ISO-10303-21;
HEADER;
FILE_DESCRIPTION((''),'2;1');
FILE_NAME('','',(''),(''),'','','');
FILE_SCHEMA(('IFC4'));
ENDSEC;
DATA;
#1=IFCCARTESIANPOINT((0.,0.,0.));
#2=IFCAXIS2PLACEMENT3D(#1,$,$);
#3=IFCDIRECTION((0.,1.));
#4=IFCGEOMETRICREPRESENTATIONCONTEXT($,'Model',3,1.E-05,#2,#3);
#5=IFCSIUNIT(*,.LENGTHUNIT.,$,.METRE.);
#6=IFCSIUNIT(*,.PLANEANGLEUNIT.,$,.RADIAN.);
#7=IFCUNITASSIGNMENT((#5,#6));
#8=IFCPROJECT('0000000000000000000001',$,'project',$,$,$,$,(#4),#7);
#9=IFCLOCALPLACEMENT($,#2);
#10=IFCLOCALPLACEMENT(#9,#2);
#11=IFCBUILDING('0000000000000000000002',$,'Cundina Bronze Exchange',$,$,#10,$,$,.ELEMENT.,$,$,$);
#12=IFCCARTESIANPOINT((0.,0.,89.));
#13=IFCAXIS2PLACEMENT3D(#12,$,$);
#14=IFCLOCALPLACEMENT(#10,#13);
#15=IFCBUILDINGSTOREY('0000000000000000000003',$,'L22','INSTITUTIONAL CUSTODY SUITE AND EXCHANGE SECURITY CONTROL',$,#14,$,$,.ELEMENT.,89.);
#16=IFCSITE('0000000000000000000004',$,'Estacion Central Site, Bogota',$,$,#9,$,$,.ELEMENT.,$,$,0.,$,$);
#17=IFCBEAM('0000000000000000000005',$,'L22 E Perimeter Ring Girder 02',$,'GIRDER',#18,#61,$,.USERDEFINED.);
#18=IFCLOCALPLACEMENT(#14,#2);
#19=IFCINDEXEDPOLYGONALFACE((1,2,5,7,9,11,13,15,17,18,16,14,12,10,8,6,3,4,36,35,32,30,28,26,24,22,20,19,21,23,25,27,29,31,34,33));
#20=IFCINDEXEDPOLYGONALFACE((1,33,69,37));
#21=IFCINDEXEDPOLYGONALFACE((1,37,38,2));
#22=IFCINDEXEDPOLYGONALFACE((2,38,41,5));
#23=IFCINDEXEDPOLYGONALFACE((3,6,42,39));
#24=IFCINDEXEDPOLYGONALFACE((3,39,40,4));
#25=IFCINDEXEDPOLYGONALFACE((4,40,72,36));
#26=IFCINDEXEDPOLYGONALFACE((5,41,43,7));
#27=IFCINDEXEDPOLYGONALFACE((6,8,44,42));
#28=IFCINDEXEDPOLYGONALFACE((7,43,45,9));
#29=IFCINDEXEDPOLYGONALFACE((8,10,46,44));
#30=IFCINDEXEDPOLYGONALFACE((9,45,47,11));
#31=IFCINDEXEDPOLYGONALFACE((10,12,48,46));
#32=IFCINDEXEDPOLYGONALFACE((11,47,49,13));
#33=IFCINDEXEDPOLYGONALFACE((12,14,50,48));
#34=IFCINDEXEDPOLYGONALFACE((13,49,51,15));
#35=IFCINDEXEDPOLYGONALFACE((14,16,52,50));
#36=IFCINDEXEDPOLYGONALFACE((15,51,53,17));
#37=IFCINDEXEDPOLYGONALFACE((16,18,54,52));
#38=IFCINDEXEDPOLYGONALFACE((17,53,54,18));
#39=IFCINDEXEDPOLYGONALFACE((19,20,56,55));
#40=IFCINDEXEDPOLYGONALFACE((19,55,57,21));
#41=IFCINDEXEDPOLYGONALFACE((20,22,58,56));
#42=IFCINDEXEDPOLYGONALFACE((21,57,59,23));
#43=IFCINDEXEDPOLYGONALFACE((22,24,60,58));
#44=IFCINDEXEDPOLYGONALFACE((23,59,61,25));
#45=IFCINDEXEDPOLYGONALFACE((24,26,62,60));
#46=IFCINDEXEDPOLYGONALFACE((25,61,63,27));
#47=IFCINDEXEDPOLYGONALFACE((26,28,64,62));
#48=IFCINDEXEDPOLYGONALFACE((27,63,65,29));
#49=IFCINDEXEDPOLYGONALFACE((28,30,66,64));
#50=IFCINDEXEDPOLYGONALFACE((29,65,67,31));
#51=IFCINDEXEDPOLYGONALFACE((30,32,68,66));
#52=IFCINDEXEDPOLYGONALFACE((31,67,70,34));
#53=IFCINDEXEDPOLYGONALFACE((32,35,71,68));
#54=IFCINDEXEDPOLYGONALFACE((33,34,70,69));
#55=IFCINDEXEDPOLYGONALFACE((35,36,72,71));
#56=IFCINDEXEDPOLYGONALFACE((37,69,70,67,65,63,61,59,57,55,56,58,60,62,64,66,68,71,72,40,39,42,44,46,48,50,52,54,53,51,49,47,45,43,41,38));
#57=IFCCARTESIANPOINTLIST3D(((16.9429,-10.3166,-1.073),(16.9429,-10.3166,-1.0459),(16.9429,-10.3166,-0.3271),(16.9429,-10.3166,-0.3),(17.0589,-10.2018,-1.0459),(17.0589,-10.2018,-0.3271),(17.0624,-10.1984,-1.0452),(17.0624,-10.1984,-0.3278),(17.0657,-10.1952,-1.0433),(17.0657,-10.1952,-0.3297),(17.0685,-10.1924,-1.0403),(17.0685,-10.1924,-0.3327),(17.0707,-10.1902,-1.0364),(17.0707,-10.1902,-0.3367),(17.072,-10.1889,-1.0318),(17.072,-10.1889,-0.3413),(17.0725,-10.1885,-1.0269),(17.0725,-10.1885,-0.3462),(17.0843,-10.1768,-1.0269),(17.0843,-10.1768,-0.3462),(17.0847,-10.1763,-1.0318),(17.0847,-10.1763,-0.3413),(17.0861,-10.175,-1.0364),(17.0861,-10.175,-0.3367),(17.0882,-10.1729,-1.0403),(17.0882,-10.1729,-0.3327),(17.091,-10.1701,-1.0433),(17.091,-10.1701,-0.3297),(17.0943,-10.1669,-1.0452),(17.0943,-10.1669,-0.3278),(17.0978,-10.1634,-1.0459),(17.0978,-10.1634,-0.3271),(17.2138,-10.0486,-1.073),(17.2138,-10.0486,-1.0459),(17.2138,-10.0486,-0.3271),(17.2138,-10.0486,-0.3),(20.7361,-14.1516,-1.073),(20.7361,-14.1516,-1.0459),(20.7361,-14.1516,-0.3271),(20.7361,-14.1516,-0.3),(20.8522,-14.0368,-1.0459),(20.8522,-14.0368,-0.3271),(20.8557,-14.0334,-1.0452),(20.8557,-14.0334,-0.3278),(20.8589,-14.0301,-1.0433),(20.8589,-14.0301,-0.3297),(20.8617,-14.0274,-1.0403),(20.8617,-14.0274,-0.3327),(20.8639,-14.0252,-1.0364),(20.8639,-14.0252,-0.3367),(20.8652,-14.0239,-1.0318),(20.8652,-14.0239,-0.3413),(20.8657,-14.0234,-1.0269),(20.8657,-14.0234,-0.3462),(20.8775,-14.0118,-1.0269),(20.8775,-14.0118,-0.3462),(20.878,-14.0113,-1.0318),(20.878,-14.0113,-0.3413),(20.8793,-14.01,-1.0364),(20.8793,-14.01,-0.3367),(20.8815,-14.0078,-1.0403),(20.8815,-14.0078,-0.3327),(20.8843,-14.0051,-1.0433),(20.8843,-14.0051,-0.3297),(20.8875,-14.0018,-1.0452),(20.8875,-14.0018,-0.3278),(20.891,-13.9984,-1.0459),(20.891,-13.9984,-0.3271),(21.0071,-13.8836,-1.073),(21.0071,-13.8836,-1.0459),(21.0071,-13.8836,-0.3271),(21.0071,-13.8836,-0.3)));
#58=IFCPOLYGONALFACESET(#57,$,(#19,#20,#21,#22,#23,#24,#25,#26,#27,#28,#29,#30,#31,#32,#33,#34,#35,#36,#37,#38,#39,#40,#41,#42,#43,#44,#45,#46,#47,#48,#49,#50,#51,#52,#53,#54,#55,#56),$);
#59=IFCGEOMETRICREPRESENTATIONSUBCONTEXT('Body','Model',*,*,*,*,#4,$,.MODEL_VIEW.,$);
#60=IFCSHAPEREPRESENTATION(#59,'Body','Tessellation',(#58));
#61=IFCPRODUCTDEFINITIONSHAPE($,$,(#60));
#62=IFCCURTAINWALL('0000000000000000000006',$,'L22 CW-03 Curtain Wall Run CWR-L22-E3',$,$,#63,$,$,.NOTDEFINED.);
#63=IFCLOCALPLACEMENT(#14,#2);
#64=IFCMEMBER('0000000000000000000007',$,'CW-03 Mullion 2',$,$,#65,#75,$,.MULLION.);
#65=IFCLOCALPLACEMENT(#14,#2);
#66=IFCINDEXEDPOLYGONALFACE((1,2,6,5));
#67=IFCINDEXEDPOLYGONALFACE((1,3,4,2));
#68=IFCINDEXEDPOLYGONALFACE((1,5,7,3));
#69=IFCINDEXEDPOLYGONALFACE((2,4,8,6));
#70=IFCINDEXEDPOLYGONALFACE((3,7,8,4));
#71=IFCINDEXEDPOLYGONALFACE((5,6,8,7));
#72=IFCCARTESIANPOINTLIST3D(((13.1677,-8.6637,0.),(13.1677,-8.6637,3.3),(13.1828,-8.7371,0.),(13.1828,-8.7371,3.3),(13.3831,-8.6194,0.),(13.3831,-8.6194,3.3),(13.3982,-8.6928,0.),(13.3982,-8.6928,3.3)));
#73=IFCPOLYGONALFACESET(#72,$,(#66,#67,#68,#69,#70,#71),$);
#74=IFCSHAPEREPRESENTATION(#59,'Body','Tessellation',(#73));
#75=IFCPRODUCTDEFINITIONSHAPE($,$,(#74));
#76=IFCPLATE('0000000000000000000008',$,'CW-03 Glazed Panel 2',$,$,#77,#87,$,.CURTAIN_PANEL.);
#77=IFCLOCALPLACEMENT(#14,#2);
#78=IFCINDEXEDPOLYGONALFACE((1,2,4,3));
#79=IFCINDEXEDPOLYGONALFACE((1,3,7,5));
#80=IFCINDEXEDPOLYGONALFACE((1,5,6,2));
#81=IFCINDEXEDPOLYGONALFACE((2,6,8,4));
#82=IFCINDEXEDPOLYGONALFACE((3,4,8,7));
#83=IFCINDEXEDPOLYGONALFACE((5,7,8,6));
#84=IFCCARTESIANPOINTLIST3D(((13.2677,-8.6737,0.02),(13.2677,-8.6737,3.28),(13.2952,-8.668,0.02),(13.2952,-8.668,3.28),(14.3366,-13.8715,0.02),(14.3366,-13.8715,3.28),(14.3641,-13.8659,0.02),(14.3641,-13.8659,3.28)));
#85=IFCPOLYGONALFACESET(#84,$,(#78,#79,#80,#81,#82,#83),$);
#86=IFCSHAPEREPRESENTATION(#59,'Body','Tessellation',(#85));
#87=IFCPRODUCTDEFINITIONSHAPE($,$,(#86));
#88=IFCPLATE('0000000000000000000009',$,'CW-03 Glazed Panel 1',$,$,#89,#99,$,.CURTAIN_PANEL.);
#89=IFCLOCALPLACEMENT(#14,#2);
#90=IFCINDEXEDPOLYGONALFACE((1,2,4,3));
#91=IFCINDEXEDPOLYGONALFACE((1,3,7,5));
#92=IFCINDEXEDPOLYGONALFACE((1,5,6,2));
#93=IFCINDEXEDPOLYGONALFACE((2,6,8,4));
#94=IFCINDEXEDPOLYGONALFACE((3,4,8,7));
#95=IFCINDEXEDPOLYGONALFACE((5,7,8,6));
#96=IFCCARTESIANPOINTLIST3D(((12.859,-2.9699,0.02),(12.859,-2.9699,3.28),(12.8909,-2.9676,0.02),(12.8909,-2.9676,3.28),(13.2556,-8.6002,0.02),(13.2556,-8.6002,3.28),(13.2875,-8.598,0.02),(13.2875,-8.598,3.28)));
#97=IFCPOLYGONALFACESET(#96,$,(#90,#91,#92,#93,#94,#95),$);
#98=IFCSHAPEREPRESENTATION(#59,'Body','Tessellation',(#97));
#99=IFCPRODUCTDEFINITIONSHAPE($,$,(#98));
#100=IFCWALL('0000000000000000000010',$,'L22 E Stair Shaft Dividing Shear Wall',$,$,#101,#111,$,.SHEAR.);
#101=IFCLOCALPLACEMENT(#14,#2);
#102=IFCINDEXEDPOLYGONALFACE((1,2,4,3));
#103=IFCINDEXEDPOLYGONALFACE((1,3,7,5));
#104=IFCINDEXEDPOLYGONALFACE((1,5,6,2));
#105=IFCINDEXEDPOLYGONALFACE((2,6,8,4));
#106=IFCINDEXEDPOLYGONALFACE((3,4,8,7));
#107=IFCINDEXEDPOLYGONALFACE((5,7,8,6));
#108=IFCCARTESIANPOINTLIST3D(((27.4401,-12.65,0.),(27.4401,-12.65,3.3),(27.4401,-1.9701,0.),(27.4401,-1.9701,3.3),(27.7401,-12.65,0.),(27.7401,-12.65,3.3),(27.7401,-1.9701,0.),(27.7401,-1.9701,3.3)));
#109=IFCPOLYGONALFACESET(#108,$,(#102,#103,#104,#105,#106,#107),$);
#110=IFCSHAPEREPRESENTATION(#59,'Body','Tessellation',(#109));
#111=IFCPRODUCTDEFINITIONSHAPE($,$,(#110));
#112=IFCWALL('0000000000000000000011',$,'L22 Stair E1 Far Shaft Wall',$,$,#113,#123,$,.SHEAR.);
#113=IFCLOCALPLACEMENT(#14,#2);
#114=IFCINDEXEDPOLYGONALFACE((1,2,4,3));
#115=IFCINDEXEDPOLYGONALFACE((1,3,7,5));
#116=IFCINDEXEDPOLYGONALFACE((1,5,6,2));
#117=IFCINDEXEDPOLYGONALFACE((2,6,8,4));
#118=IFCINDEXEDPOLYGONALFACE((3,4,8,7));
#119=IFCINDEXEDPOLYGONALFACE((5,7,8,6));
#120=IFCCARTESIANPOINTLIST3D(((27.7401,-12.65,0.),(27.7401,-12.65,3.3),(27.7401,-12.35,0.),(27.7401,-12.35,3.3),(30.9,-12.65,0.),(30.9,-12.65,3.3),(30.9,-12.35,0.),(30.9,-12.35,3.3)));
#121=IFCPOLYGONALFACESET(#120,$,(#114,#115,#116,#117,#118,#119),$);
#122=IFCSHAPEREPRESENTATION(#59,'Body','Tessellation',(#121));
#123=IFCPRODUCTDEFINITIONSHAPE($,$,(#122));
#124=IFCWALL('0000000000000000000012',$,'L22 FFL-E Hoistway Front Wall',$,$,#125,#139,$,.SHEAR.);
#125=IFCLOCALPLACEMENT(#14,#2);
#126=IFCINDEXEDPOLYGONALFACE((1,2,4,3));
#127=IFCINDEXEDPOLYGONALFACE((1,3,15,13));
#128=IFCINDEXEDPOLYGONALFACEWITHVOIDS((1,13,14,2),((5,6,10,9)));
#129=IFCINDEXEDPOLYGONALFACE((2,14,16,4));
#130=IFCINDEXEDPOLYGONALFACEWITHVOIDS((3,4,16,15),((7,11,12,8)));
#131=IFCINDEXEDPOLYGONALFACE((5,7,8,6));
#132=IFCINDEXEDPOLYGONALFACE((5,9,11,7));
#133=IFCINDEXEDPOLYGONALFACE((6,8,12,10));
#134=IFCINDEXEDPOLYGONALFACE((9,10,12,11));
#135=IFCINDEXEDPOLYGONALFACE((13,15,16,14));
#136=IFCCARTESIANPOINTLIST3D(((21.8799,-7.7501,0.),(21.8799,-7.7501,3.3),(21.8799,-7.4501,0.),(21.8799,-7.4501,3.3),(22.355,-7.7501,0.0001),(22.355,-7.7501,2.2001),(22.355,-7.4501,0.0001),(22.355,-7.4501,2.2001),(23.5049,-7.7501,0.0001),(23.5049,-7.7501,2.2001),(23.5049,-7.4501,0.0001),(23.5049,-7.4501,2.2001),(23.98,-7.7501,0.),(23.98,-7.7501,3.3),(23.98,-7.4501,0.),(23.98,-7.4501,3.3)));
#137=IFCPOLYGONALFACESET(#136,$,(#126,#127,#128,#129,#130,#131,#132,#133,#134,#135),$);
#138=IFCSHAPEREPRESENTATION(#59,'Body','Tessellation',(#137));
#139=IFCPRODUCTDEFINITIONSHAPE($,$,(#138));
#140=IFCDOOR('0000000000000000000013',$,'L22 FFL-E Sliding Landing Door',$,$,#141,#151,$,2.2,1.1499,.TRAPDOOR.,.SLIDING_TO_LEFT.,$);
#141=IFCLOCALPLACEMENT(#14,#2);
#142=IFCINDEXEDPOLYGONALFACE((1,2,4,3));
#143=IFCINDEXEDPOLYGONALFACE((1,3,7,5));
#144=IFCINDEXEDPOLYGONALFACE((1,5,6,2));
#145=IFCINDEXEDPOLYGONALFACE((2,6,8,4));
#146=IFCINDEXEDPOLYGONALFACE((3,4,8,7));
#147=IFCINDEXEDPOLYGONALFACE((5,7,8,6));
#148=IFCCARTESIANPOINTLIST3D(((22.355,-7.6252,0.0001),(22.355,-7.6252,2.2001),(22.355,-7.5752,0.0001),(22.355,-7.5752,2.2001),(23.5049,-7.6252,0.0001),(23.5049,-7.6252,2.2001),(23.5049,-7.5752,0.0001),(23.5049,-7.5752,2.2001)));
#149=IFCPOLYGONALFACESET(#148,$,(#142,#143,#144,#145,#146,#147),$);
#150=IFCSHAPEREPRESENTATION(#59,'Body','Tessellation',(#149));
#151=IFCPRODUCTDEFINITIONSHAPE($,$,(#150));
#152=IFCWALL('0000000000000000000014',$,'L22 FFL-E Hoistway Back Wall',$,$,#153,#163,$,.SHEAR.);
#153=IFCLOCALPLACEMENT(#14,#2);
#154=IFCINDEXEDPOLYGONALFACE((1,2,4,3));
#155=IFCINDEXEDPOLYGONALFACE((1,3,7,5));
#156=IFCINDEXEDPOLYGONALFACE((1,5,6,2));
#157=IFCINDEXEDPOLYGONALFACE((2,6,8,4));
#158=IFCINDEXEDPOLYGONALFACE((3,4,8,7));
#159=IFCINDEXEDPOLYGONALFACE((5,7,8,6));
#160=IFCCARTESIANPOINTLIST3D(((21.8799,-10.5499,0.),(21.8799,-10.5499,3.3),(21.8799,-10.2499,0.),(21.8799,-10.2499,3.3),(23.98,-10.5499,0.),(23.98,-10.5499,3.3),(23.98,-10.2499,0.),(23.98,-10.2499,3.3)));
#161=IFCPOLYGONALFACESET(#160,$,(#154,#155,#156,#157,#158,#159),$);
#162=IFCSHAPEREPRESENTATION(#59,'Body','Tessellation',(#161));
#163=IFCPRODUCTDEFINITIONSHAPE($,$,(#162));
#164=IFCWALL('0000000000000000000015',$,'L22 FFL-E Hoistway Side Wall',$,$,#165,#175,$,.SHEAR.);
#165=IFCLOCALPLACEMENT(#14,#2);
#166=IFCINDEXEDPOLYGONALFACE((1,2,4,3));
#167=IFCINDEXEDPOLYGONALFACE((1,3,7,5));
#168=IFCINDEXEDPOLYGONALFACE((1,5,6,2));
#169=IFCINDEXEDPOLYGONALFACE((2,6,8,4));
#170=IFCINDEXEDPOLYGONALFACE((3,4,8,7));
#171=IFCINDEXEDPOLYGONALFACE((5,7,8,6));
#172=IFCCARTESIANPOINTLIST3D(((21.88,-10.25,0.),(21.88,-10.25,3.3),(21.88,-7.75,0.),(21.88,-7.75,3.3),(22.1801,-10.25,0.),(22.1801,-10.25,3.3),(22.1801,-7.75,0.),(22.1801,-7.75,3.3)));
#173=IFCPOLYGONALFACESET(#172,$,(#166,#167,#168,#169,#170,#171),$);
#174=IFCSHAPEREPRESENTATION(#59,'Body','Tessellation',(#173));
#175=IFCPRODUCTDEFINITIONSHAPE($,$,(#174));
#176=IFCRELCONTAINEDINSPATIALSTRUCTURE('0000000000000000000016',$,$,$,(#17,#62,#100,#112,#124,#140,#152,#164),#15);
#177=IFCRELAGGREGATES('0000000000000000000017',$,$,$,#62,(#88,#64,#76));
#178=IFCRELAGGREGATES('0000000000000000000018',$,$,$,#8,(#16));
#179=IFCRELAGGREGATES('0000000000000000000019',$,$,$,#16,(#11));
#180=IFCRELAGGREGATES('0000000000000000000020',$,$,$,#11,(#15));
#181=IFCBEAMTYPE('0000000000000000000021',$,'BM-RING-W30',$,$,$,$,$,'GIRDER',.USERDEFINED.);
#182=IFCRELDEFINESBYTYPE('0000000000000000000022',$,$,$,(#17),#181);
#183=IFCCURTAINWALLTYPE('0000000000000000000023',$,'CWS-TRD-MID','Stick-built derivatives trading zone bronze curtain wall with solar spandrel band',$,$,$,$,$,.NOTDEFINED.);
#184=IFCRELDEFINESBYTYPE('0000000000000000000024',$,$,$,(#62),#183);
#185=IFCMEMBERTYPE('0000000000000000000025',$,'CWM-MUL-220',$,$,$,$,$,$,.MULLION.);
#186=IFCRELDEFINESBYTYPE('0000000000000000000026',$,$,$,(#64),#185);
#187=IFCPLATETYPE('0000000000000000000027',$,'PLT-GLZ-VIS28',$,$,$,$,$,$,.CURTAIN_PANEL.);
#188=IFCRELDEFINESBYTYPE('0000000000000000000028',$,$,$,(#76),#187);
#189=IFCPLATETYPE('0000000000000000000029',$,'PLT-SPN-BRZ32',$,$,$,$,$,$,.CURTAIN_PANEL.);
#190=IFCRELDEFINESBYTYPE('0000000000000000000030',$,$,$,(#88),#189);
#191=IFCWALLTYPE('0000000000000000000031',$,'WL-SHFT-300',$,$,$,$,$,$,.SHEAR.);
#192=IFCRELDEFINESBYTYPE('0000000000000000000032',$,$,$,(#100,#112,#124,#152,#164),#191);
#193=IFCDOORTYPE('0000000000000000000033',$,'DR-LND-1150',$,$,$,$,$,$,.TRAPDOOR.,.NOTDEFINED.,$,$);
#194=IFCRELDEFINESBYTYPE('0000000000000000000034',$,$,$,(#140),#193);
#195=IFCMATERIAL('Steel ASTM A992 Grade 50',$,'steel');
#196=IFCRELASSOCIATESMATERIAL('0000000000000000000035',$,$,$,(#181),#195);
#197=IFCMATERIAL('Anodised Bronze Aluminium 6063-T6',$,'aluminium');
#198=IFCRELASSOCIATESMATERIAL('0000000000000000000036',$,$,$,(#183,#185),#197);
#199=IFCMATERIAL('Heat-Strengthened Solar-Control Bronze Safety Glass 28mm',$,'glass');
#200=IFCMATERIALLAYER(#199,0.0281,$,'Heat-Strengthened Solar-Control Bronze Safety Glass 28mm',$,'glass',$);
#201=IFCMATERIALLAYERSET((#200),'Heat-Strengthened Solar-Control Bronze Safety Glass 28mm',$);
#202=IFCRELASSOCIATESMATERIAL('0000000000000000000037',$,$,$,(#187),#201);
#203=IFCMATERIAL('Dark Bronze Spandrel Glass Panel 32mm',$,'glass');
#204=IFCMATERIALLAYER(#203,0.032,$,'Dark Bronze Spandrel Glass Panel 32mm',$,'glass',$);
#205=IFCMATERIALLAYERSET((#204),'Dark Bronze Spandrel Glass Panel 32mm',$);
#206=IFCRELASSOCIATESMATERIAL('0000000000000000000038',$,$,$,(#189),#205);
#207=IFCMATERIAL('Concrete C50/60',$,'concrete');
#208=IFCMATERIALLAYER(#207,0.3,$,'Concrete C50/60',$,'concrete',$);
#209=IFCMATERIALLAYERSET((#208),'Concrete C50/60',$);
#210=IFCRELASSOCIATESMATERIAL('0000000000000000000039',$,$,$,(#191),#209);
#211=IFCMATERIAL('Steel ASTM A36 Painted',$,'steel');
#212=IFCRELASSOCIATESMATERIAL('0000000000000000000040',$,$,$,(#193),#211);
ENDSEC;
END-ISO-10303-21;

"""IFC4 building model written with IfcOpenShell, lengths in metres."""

from ifc_helpers import new_model, si_unit, direction, frame, frame_2d, origin, origin_2d, place, context, subcontext, project, spatial, rectangle, i_section, extrude, material, layer, layer_set, material_profile, profile_set, type_object, element, fill, aggregate, save


model = new_model("IFC4")

# Units and contexts
model_context = context("Model", 3, precision=1e-05, world=origin(), true_north=direction((0.0, 1.0)))
body_context = subcontext(model_context, "Body", "Model", "MODEL_VIEW")
ifc_project = project(units=[si_unit("LENGTHUNIT", "METRE"), si_unit("PLANEANGLEUNIT", "RADIAN")], contexts=[model_context])

# Site, building, storey
site_placement = place(None, origin())
site = spatial("IfcSite", under=ifc_project, at=site_placement, Name="Estacion Central Site, Bogota", CompositionType="ELEMENT", RefElevation=0.0)
building_placement = place(site_placement, origin())
building = spatial("IfcBuilding", under=site, at=building_placement, Name="Cundina Bronze Exchange", CompositionType="ELEMENT")
storey_placement = place(building_placement, frame((0.0, 0.0, 89.0)))
storey = spatial("IfcBuildingStorey", under=building, at=storey_placement, Name="L22", Description="INSTITUTIONAL CUSTODY SUITE AND EXCHANGE SECURITY CONTROL", CompositionType="ELEMENT", Elevation=89.0)

# Beam
ifc_material_1 = material(Name="Steel ASTM A992 Grade 50", Category="steel")
ifc_material_profile_1 = material_profile(ifc_material_1, i_section(OverallWidth=0.3811, OverallDepth=0.7729, WebThickness=0.0166, FlangeThickness=0.0271, FilletRadius=0.019, at=origin_2d()), Name="W30X173", Category="steel")
ifc_profile_set_1 = profile_set([ifc_material_profile_1], Name="Steel ASTM A992 Grade 50")
beam_type_1 = type_object("IfcBeamType", Name="BM-RING-W30", ElementType="GIRDER", PredefinedType="USERDEFINED", material=ifc_profile_set_1)
beam_1_placement = place(storey_placement, frame((17.0784, -10.1826, -0.6865), z_axis=(0.703226, -0.710966, 0.0), x_axis=(0.710966, 0.703226, 0.0)))
element("IfcBeam", 1, at=beam_1_placement, inside=storey, type_object=beam_type_1, Name="L22 E Perimeter Ring Girder 02", ObjectType="GIRDER", PredefinedType="USERDEFINED", context=body_context, shape_type="SweptSolid", body=[
    extrude(i_section(OverallWidth=0.3811, OverallDepth=0.7729, WebThickness=0.0166, FlangeThickness=0.0271, FilletRadius=0.019, at=origin_2d()), origin(), (0.0, 0.0, 1.0), 5.394),
])

# Curtain wall, member, plates
ifc_material_2 = material(Name="Anodised Bronze Aluminium 6063-T6", Category="aluminium")
curtain_wall_type = type_object("IfcCurtainWallType", Name="CWS-TRD-MID", Description="Stick-built derivatives trading zone bronze curtain wall with solar spandrel band", PredefinedType="NOTDEFINED", material=ifc_material_2)
curtain_wall_placement = place(storey_placement, origin())
curtain_wall = element("IfcCurtainWall", 2, at=curtain_wall_placement, inside=storey, type_object=curtain_wall_type, Name="L22 CW-03 Curtain Wall Run CWR-L22-E3", PredefinedType="NOTDEFINED")
ifc_material_profile_2 = material_profile(ifc_material_2, rectangle(XDim=0.075, YDim=0.22, at=origin_2d()), Name="AL75X220", Category="aluminium")
ifc_profile_set_2 = profile_set([ifc_material_profile_2], Name="Anodised Bronze Aluminium 6063-T6")
member_type = type_object("IfcMemberType", Name="CWM-MUL-220", PredefinedType="MULLION", material=ifc_profile_set_2)
member_placement = place(storey_placement, frame((13.283, -8.6782, 0.0), z_axis=(0.0, 0.0, 1.0), x_axis=(0.20142, -0.979505, 0.0)))
member = element("IfcMember", 3, at=member_placement, type_object=member_type, Name="CW-03 Mullion 2", PredefinedType="MULLION", context=body_context, shape_type="SweptSolid", body=[
    extrude(rectangle(XDim=0.075, YDim=0.22, at=origin_2d()), origin(), (0.0, 0.0, 1.0), 3.3),
])
ifc_material_3 = material(Name="Heat-Strengthened Solar-Control Bronze Safety Glass 28mm", Category="glass")
ifc_layer_1 = layer(ifc_material_3, 0.0281, Name="Heat-Strengthened Solar-Control Bronze Safety Glass 28mm", Category="glass")
ifc_layer_set_1 = layer_set([ifc_layer_1], Name="Heat-Strengthened Solar-Control Bronze Safety Glass 28mm")
plate_type_1 = type_object("IfcPlateType", Name="PLT-GLZ-VIS28", PredefinedType="CURTAIN_PANEL", material=ifc_layer_set_1)
plate_1_placement = place(storey_placement, frame((13.8159, -11.2698, 0.02), z_axis=(0.0, 0.0, 1.0), x_axis=(0.20142, -0.979505, 0.0)))
plate_1 = element("IfcPlate", 4, at=plate_1_placement, type_object=plate_type_1, Name="CW-03 Glazed Panel 2", PredefinedType="CURTAIN_PANEL", context=body_context, shape_type="SweptSolid", body=[
    extrude(rectangle(XDim=5.3066, YDim=0.0281, at=origin_2d()), origin(), (0.0, 0.0, 1.0), 3.26),
])
ifc_material_4 = material(Name="Dark Bronze Spandrel Glass Panel 32mm", Category="glass")
ifc_layer_2 = layer(ifc_material_4, 0.032, Name="Dark Bronze Spandrel Glass Panel 32mm", Category="glass")
ifc_layer_set_2 = layer_set([ifc_layer_2], Name="Dark Bronze Spandrel Glass Panel 32mm")
plate_type_2 = type_object("IfcPlateType", Name="PLT-SPN-BRZ32", PredefinedType="CURTAIN_PANEL", material=ifc_layer_set_2)
plate_2_placement = place(storey_placement, frame((13.0732, -5.7839, 0.02), z_axis=(0.0, 0.0, 1.0), x_axis=(0.070279, -0.997527, 0.0)))
plate_2 = element("IfcPlate", 5, at=plate_2_placement, type_object=plate_type_2, Name="CW-03 Glazed Panel 1", PredefinedType="CURTAIN_PANEL", context=body_context, shape_type="SweptSolid", body=[
    extrude(rectangle(XDim=5.6443, YDim=0.032, at=origin_2d()), origin(), (0.0, 0.0, 1.0), 3.26),
])
aggregate(curtain_wall, [plate_2, member, plate_1])

# Walls
ifc_material_5 = material(Name="Concrete C50/60", Category="concrete")
ifc_layer_3 = layer(ifc_material_5, 0.3, Name="Concrete C50/60", Category="concrete")
ifc_layer_set_3 = layer_set([ifc_layer_3], Name="Concrete C50/60")
wall_type_1 = type_object("IfcWallType", Name="WL-SHFT-300", PredefinedType="SHEAR", material=ifc_layer_set_3)
wall_1_placement = place(storey_placement, frame((27.5901, -12.6499, 0.0), z_axis=(0.0, 0.0, 1.0), x_axis=(0.0, 1.0, 0.0)))
element("IfcWall", 6, at=wall_1_placement, inside=storey, type_object=wall_type_1, Name="L22 E Stair Shaft Dividing Shear Wall", PredefinedType="SHEAR", context=body_context, shape_type="SweptSolid", body=[
    extrude(rectangle(XDim=10.6799, YDim=0.3, at=frame_2d((5.3398, 0.0))), origin(), (0.0, 0.0, 1.0), 3.3),
])
wall_2_placement = place(storey_placement, frame((27.74, -12.5, 0.0), z_axis=(0.0, 0.0, 1.0), x_axis=(1.0, 0.0, 0.0)))
element("IfcWall", 7, at=wall_2_placement, inside=storey, type_object=wall_type_1, Name="L22 Stair E1 Far Shaft Wall", PredefinedType="SHEAR", context=body_context, shape_type="SweptSolid", body=[
    extrude(rectangle(XDim=3.1599, YDim=0.3, at=frame_2d((1.5801, 0.0))), origin(), (0.0, 0.0, 1.0), 3.3),
])

# Wall, opening, door
ifc_material_6 = material(Name="Steel ASTM A36 Painted", Category="steel")
wall_3_placement = place(storey_placement, frame((21.8799, -7.6001, 0.0), z_axis=(0.0, 0.0, 1.0), x_axis=(1.0, 0.0, 0.0)))
wall_3 = element("IfcWall", 8, at=wall_3_placement, inside=storey, type_object=wall_type_1, Name="L22 FFL-E Hoistway Front Wall", PredefinedType="SHEAR", context=body_context, shape_type="SweptSolid", body=[
    extrude(rectangle(XDim=2.1001, YDim=0.3, at=frame_2d((1.05, 0.0))), origin(), (0.0, 0.0, 1.0), 3.3),
])
opening_1_placement = place(wall_3_placement, frame((0.4751, 0.0, 0.0)))
opening_1 = element("IfcOpeningElement", 9, at=opening_1_placement, cuts=wall_3, PredefinedType="OPENING", context=body_context, shape_type="SweptSolid", body=[
    extrude(rectangle(XDim=1.1499, YDim=2.2, at=frame_2d((0.575, 1.1001))), frame((0.0, 0.1599, 0.0), z_axis=(0.0, -1.0, 0.0), x_axis=(1.0, 0.0, 0.0)), (0.0, 0.0, 1.0), 0.3201),
])
door_type_1 = type_object("IfcDoorType", Name="DR-LND-1150", OperationType="NOTDEFINED", PredefinedType="TRAPDOOR", material=ifc_material_6)
door_1_placement = place(opening_1_placement, origin())
door_1 = element("IfcDoor", 10, at=door_1_placement, inside=storey, type_object=door_type_1, Name="L22 FFL-E Sliding Landing Door", OperationType="SLIDING_TO_LEFT", OverallHeight=2.2, OverallWidth=1.1499, PredefinedType="TRAPDOOR", context=body_context, shape_type="SweptSolid", body=[
    extrude(rectangle(XDim=1.1499, YDim=2.2, at=frame_2d((0.575, 1.1001))), frame((0.0, 0.0249, 0.0), z_axis=(0.0, -1.0, 0.0), x_axis=(1.0, 0.0, 0.0)), (0.0, 0.0, 1.0), 0.05),
])
fill(opening_1, door_1)

# Walls
wall_4_placement = place(storey_placement, frame((21.8799, -10.3999, 0.0), z_axis=(0.0, 0.0, 1.0), x_axis=(1.0, 0.0, 0.0)))
element("IfcWall", 11, at=wall_4_placement, inside=storey, type_object=wall_type_1, Name="L22 FFL-E Hoistway Back Wall", PredefinedType="SHEAR", context=body_context, shape_type="SweptSolid", body=[
    extrude(rectangle(XDim=2.1001, YDim=0.3, at=frame_2d((1.05, 0.0))), origin(), (0.0, 0.0, 1.0), 3.3),
])
wall_5_placement = place(storey_placement, frame((22.03, -10.25, 0.0), z_axis=(0.0, 0.0, 1.0), x_axis=(0.0, 1.0, 0.0)))
element("IfcWall", 12, at=wall_5_placement, inside=storey, type_object=wall_type_1, Name="L22 FFL-E Hoistway Side Wall", PredefinedType="SHEAR", context=body_context, shape_type="SweptSolid", body=[
    extrude(rectangle(XDim=2.5, YDim=0.3, at=frame_2d((1.25, 0.0))), origin(), (0.0, 0.0, 1.0), 3.3),
])

save(model, "model.ifc")
